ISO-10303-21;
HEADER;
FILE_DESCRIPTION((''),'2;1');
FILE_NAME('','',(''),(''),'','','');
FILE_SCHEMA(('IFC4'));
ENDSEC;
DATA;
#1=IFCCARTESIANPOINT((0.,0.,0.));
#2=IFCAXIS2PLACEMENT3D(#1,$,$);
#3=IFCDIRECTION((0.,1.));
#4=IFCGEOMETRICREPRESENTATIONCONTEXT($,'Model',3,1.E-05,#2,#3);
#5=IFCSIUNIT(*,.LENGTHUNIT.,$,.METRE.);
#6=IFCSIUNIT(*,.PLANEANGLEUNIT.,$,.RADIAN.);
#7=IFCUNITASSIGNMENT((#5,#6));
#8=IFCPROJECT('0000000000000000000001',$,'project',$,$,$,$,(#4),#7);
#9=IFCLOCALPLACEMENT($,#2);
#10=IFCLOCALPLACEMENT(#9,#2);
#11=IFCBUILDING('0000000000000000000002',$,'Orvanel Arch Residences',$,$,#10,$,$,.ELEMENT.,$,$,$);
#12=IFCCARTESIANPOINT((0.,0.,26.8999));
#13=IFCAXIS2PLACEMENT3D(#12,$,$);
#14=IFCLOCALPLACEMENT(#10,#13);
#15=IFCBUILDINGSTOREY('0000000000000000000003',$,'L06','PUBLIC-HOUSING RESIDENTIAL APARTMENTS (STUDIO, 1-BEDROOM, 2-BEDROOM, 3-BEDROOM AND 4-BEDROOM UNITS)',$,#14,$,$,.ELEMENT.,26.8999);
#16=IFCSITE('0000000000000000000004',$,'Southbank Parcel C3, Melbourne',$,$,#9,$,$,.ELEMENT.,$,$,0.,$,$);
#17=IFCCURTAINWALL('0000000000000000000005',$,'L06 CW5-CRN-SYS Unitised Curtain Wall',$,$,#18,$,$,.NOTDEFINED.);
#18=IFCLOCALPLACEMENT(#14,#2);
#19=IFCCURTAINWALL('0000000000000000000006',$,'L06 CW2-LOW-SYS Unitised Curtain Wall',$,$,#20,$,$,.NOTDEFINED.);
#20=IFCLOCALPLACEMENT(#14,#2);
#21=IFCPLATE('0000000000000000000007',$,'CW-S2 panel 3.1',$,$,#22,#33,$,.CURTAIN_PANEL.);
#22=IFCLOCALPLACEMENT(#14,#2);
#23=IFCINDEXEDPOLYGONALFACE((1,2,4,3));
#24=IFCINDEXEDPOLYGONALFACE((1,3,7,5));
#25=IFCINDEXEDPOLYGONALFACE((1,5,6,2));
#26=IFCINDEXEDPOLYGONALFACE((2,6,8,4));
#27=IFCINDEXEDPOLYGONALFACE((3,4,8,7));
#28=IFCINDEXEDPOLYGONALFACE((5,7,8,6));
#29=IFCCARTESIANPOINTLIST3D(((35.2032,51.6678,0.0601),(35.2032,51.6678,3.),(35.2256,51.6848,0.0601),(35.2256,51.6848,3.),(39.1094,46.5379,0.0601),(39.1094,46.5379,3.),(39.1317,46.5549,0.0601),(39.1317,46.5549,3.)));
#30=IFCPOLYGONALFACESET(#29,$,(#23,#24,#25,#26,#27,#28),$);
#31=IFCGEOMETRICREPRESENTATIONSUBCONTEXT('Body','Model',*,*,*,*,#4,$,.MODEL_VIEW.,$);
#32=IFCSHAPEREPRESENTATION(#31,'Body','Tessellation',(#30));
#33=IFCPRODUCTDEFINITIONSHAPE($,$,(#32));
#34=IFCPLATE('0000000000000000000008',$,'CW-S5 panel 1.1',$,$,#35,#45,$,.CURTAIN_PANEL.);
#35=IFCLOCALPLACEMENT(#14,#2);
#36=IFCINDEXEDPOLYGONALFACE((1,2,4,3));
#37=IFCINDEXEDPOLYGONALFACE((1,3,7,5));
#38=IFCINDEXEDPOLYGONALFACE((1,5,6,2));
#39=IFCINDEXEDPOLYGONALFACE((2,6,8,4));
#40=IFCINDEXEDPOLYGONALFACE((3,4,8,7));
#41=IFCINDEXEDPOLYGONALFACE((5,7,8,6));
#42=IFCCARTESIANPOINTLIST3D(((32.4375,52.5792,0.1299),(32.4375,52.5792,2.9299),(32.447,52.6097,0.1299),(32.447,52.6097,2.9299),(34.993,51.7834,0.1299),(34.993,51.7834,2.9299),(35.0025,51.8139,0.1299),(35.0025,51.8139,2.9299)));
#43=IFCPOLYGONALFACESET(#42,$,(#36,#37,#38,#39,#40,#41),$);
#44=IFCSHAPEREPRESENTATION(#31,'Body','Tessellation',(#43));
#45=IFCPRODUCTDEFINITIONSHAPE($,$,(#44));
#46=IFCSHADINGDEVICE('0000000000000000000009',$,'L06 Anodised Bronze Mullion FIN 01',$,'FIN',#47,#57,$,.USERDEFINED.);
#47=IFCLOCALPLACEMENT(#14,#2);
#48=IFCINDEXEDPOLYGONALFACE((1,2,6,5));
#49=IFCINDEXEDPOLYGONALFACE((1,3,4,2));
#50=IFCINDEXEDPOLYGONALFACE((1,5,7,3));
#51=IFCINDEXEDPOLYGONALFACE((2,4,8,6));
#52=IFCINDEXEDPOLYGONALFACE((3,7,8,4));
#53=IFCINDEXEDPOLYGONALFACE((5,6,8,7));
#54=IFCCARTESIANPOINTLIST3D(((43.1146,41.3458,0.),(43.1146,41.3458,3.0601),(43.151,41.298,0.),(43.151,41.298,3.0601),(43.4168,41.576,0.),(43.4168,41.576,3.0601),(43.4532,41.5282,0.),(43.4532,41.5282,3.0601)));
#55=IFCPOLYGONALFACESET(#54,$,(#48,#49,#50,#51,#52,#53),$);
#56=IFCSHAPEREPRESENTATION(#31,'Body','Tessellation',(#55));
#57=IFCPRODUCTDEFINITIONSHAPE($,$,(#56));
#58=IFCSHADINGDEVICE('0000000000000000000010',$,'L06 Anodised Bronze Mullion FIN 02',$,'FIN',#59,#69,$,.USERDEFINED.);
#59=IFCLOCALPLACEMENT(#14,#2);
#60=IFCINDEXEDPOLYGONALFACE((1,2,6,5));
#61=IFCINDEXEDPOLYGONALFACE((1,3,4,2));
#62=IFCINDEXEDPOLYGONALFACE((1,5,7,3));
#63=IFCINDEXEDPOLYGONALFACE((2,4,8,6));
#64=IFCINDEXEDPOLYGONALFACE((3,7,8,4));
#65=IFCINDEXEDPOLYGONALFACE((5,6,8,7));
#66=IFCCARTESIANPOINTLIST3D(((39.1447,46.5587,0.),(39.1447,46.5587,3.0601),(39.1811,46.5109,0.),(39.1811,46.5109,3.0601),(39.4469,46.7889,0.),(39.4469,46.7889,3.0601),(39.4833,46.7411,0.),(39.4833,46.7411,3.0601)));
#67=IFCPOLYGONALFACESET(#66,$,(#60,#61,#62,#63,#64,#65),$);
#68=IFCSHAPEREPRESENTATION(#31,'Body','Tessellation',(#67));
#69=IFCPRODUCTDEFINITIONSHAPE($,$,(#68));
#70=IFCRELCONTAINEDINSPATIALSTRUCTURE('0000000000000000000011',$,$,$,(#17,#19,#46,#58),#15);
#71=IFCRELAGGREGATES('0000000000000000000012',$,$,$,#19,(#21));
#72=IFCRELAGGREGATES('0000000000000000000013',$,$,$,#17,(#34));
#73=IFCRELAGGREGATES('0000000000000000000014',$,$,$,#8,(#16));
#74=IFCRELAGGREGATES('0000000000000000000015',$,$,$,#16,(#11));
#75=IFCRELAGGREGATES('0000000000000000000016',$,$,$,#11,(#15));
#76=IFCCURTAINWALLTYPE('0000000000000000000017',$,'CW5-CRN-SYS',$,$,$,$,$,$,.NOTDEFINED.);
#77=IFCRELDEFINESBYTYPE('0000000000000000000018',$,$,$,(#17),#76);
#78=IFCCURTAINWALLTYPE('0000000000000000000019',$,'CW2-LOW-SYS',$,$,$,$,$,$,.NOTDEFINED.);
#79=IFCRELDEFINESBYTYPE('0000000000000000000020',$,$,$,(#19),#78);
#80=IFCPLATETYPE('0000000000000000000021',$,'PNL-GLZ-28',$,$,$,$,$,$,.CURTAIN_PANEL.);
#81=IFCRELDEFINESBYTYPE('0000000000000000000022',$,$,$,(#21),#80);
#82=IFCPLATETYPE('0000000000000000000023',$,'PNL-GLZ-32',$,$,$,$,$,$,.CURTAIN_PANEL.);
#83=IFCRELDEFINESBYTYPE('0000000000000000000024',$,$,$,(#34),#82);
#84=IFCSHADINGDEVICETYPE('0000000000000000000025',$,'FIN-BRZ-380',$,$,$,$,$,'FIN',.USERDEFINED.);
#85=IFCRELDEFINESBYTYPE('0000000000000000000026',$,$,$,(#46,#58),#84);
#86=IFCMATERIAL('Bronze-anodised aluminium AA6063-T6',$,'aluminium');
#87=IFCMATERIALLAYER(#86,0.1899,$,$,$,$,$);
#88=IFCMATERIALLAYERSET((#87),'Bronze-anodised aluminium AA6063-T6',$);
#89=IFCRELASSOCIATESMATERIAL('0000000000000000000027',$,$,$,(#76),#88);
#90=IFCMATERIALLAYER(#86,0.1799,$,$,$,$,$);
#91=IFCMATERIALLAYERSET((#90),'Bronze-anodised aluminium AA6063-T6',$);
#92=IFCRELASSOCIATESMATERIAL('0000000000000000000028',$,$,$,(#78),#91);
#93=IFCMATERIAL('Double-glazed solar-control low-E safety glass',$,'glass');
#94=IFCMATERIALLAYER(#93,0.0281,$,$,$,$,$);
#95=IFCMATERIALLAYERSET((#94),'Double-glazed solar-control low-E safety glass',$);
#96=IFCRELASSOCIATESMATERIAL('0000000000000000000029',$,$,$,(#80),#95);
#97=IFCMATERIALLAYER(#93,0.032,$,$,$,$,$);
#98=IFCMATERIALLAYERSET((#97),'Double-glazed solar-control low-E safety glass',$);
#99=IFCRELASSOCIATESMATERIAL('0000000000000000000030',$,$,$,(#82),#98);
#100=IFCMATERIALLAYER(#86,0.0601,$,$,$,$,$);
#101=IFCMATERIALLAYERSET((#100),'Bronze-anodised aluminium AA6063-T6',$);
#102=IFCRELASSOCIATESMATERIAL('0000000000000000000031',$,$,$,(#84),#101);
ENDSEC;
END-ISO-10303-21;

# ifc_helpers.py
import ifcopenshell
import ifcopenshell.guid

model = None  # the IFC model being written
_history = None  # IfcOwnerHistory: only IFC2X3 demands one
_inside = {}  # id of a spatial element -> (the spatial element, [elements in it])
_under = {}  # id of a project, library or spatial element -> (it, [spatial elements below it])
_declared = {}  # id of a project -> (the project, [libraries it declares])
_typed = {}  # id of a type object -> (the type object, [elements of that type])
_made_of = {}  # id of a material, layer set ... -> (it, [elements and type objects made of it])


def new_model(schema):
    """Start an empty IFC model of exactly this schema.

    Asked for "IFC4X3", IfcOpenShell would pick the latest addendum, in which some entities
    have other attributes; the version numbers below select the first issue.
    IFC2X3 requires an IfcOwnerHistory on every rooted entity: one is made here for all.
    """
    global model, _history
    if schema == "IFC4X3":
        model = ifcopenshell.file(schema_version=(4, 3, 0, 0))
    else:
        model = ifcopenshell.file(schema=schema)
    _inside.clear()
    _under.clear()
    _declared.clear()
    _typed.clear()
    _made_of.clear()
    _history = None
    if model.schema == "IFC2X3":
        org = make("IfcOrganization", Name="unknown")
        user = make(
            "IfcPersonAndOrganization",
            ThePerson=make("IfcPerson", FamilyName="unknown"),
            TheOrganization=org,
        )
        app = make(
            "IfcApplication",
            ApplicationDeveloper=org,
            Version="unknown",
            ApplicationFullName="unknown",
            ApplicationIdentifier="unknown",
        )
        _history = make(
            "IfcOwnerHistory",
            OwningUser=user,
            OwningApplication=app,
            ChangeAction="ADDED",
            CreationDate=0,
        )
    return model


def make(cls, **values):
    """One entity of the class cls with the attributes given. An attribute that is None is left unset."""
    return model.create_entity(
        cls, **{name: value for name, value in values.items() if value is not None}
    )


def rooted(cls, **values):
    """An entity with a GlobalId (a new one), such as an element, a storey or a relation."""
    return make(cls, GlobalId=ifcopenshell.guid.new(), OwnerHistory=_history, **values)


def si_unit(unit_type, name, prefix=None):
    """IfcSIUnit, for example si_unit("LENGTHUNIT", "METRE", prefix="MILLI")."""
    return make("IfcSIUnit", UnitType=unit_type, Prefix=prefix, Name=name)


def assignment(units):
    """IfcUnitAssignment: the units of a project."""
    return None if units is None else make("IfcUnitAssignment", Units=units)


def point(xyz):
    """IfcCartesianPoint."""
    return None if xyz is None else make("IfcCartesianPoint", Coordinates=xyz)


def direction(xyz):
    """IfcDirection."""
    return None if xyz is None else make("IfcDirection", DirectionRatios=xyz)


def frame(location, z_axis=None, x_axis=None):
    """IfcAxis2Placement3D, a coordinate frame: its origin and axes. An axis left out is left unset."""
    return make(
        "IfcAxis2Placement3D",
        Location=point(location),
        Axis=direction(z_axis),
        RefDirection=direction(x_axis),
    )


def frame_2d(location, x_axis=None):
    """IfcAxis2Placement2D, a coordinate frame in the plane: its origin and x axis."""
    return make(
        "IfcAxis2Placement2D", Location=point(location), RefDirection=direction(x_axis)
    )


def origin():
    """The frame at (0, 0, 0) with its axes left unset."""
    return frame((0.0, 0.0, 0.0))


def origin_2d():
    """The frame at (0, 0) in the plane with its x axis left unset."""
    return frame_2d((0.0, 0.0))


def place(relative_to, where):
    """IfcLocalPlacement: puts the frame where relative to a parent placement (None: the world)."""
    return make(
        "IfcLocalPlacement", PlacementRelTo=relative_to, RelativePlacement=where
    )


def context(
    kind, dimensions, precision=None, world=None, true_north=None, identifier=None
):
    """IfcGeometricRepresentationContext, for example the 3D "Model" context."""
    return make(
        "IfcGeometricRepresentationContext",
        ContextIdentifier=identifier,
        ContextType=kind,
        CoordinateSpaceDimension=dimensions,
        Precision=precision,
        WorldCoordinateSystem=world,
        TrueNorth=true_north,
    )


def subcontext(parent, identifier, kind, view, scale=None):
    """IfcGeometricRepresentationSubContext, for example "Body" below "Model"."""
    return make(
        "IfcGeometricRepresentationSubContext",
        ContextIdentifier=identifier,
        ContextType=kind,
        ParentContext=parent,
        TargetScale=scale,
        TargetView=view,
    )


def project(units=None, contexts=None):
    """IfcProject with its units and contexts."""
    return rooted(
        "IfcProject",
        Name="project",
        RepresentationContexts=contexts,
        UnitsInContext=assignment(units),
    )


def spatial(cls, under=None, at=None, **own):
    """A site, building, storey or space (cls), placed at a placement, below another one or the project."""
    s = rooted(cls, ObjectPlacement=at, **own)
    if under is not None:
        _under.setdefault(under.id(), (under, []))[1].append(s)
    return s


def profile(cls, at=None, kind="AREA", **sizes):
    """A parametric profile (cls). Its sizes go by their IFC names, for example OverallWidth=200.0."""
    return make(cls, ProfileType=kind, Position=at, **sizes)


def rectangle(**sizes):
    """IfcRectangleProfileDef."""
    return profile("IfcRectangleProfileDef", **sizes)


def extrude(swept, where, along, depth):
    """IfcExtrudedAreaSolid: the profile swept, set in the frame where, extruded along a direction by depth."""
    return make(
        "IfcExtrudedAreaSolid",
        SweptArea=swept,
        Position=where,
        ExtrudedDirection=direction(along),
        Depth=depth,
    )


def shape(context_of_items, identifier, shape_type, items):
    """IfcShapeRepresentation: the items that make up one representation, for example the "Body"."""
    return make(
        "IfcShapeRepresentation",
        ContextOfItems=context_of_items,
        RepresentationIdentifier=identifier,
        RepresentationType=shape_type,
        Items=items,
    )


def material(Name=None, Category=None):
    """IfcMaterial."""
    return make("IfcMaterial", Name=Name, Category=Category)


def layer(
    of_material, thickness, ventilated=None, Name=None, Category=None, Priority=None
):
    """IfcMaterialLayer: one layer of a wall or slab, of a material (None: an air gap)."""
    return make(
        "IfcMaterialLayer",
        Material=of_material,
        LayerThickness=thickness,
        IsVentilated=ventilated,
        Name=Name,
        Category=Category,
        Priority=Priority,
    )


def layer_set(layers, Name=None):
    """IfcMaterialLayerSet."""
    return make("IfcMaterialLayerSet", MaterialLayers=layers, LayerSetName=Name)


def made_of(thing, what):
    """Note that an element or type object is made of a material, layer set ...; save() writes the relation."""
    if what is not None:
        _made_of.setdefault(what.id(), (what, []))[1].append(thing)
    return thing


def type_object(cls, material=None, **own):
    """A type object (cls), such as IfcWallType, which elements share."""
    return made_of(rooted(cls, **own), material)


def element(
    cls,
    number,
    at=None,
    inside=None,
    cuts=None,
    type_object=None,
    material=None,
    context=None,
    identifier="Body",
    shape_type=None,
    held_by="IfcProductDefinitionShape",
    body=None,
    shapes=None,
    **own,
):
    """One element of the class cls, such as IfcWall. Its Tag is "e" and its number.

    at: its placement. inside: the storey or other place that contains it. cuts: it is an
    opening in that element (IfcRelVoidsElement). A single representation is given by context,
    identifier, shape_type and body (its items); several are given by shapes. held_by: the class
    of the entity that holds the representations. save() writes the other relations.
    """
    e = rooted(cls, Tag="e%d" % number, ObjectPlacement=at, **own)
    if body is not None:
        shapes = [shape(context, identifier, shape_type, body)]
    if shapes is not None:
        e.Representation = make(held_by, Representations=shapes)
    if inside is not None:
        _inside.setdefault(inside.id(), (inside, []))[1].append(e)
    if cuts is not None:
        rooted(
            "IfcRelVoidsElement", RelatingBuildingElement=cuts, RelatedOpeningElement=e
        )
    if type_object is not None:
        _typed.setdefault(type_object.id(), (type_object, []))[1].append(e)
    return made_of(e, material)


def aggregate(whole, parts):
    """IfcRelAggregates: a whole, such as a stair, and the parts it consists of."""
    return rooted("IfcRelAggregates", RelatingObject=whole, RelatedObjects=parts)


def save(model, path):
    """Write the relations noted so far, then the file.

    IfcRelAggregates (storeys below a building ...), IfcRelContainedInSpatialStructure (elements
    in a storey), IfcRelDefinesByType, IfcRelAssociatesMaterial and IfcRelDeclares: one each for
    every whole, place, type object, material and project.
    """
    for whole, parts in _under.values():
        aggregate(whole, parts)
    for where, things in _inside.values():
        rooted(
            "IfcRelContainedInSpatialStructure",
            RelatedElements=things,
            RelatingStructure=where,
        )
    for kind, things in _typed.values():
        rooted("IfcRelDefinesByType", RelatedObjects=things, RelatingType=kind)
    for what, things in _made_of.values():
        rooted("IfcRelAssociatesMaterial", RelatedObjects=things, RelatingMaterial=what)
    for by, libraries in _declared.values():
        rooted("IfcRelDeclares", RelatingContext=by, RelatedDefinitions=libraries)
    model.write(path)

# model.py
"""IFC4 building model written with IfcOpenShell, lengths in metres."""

from ifc_helpers import new_model, si_unit, direction, frame, origin, origin_2d, place, context, subcontext, project, spatial, rectangle, extrude, material, layer, layer_set, type_object, element, aggregate, save


model = new_model("IFC4")

# Units and contexts
model_context = context("Model", 3, precision=1e-05, world=origin(), true_north=direction((0.0, 1.0)))
body_context = subcontext(model_context, "Body", "Model", "MODEL_VIEW")
ifc_project = project(units=[si_unit("LENGTHUNIT", "METRE"), si_unit("PLANEANGLEUNIT", "RADIAN")], contexts=[model_context])

# Site, building, storey
site_placement = place(None, origin())
site = spatial("IfcSite", under=ifc_project, at=site_placement, Name="Southbank Parcel C3, Melbourne", CompositionType="ELEMENT", RefElevation=0.0)
building_placement = place(site_placement, origin())
building = spatial("IfcBuilding", under=site, at=building_placement, Name="Orvanel Arch Residences", CompositionType="ELEMENT")
storey_placement = place(building_placement, frame((0.0, 0.0, 26.8999)))
storey = spatial("IfcBuildingStorey", under=building, at=storey_placement, Name="L06", Description="PUBLIC-HOUSING RESIDENTIAL APARTMENTS (STUDIO, 1-BEDROOM, 2-BEDROOM, 3-BEDROOM AND 4-BEDROOM UNITS)", CompositionType="ELEMENT", Elevation=26.8999)

# Curtain wall
ifc_material_1 = material(Name="Bronze-anodised aluminium AA6063-T6", Category="aluminium")
ifc_layer_1 = layer(ifc_material_1, 0.1899)
ifc_layer_set_1 = layer_set([ifc_layer_1], Name="Bronze-anodised aluminium AA6063-T6")
curtain_wall_type_1 = type_object("IfcCurtainWallType", Name="CW5-CRN-SYS", PredefinedType="NOTDEFINED", material=ifc_layer_set_1)
curtain_wall_1_placement = place(storey_placement, origin())
curtain_wall_1 = element("IfcCurtainWall", 1, at=curtain_wall_1_placement, inside=storey, type_object=curtain_wall_type_1, Name="L06 CW5-CRN-SYS Unitised Curtain Wall", PredefinedType="NOTDEFINED")

# Curtain wall
ifc_layer_2 = layer(ifc_material_1, 0.1799)
ifc_layer_set_2 = layer_set([ifc_layer_2], Name="Bronze-anodised aluminium AA6063-T6")
curtain_wall_type_2 = type_object("IfcCurtainWallType", Name="CW2-LOW-SYS", PredefinedType="NOTDEFINED", material=ifc_layer_set_2)
curtain_wall_2_placement = place(storey_placement, origin())
curtain_wall_2 = element("IfcCurtainWall", 2, at=curtain_wall_2_placement, inside=storey, type_object=curtain_wall_type_2, Name="L06 CW2-LOW-SYS Unitised Curtain Wall", PredefinedType="NOTDEFINED")

# Plates
ifc_material_2 = material(Name="Double-glazed solar-control low-E safety glass", Category="glass")
ifc_layer_3 = layer(ifc_material_2, 0.0281)
ifc_layer_set_3 = layer_set([ifc_layer_3], Name="Double-glazed solar-control low-E safety glass")
plate_type_1 = type_object("IfcPlateType", Name="PNL-GLZ-28", PredefinedType="CURTAIN_PANEL", material=ifc_layer_set_3)
plate_1_placement = place(storey_placement, frame((37.1675, 49.1113, 0.0601), z_axis=(0.0, 0.0, 1.0), x_axis=(-0.605812, 0.795608, 0.0)))
plate_1 = element("IfcPlate", 3, at=plate_1_placement, type_object=plate_type_1, Name="CW-S2 panel 3.1", PredefinedType="CURTAIN_PANEL", context=body_context, shape_type="SweptSolid", body=[
    extrude(rectangle(XDim=6.4478, YDim=0.0281, at=origin_2d()), origin(), (0.0, 0.0, 1.0), 2.9399),
])
aggregate(curtain_wall_2, [plate_1])
ifc_layer_4 = layer(ifc_material_2, 0.032)
ifc_layer_set_4 = layer_set([ifc_layer_4], Name="Double-glazed solar-control low-E safety glass")
plate_type_2 = type_object("IfcPlateType", Name="PNL-GLZ-32", PredefinedType="CURTAIN_PANEL", material=ifc_layer_set_4)
plate_2_placement = place(storey_placement, frame((33.72, 52.1965, 0.1299), z_axis=(0.0, 0.0, 1.0), x_axis=(-0.954778, 0.297318, 0.0)))
plate_2 = element("IfcPlate", 4, at=plate_2_placement, type_object=plate_type_2, Name="CW-S5 panel 1.1", PredefinedType="CURTAIN_PANEL", context=body_context, shape_type="SweptSolid", body=[
    extrude(rectangle(XDim=2.6765, YDim=0.032, at=origin_2d()), origin(), (0.0, 0.0, 1.0), 2.8),
])
aggregate(curtain_wall_1, [plate_2])

# Shading devices
ifc_layer_5 = layer(ifc_material_1, 0.0601)
ifc_layer_set_5 = layer_set([ifc_layer_5], Name="Bronze-anodised aluminium AA6063-T6")
shading_device_type = type_object("IfcShadingDeviceType", Name="FIN-BRZ-380", ElementType="FIN", PredefinedType="USERDEFINED", material=ifc_layer_set_5)
for number, where, z_axis, x_axis, name in (
    (5, (43.2839, 41.437, 0.0), (0.0, 0.0, 1.0), (0.795473, 0.605988, 0.0), "L06 Anodised Bronze Mullion FIN 01"),
    (6, (39.314, 46.6499, 0.0), (0.0, 0.0, 1.0), (0.795473, 0.605988, 0.0), "L06 Anodised Bronze Mullion FIN 02"),
):
    element("IfcShadingDevice", number, at=place(storey_placement, frame(where, z_axis=z_axis, x_axis=x_axis)), inside=storey, type_object=shading_device_type, Name=name, ObjectType="FIN", PredefinedType="USERDEFINED", context=body_context, shape_type="SweptSolid", body=[
        extrude(rectangle(XDim=0.3799, YDim=0.0601, at=origin_2d()), origin(), (0.0, 0.0, 1.0), 3.0601),
    ])

save(model, "model.ifc")
